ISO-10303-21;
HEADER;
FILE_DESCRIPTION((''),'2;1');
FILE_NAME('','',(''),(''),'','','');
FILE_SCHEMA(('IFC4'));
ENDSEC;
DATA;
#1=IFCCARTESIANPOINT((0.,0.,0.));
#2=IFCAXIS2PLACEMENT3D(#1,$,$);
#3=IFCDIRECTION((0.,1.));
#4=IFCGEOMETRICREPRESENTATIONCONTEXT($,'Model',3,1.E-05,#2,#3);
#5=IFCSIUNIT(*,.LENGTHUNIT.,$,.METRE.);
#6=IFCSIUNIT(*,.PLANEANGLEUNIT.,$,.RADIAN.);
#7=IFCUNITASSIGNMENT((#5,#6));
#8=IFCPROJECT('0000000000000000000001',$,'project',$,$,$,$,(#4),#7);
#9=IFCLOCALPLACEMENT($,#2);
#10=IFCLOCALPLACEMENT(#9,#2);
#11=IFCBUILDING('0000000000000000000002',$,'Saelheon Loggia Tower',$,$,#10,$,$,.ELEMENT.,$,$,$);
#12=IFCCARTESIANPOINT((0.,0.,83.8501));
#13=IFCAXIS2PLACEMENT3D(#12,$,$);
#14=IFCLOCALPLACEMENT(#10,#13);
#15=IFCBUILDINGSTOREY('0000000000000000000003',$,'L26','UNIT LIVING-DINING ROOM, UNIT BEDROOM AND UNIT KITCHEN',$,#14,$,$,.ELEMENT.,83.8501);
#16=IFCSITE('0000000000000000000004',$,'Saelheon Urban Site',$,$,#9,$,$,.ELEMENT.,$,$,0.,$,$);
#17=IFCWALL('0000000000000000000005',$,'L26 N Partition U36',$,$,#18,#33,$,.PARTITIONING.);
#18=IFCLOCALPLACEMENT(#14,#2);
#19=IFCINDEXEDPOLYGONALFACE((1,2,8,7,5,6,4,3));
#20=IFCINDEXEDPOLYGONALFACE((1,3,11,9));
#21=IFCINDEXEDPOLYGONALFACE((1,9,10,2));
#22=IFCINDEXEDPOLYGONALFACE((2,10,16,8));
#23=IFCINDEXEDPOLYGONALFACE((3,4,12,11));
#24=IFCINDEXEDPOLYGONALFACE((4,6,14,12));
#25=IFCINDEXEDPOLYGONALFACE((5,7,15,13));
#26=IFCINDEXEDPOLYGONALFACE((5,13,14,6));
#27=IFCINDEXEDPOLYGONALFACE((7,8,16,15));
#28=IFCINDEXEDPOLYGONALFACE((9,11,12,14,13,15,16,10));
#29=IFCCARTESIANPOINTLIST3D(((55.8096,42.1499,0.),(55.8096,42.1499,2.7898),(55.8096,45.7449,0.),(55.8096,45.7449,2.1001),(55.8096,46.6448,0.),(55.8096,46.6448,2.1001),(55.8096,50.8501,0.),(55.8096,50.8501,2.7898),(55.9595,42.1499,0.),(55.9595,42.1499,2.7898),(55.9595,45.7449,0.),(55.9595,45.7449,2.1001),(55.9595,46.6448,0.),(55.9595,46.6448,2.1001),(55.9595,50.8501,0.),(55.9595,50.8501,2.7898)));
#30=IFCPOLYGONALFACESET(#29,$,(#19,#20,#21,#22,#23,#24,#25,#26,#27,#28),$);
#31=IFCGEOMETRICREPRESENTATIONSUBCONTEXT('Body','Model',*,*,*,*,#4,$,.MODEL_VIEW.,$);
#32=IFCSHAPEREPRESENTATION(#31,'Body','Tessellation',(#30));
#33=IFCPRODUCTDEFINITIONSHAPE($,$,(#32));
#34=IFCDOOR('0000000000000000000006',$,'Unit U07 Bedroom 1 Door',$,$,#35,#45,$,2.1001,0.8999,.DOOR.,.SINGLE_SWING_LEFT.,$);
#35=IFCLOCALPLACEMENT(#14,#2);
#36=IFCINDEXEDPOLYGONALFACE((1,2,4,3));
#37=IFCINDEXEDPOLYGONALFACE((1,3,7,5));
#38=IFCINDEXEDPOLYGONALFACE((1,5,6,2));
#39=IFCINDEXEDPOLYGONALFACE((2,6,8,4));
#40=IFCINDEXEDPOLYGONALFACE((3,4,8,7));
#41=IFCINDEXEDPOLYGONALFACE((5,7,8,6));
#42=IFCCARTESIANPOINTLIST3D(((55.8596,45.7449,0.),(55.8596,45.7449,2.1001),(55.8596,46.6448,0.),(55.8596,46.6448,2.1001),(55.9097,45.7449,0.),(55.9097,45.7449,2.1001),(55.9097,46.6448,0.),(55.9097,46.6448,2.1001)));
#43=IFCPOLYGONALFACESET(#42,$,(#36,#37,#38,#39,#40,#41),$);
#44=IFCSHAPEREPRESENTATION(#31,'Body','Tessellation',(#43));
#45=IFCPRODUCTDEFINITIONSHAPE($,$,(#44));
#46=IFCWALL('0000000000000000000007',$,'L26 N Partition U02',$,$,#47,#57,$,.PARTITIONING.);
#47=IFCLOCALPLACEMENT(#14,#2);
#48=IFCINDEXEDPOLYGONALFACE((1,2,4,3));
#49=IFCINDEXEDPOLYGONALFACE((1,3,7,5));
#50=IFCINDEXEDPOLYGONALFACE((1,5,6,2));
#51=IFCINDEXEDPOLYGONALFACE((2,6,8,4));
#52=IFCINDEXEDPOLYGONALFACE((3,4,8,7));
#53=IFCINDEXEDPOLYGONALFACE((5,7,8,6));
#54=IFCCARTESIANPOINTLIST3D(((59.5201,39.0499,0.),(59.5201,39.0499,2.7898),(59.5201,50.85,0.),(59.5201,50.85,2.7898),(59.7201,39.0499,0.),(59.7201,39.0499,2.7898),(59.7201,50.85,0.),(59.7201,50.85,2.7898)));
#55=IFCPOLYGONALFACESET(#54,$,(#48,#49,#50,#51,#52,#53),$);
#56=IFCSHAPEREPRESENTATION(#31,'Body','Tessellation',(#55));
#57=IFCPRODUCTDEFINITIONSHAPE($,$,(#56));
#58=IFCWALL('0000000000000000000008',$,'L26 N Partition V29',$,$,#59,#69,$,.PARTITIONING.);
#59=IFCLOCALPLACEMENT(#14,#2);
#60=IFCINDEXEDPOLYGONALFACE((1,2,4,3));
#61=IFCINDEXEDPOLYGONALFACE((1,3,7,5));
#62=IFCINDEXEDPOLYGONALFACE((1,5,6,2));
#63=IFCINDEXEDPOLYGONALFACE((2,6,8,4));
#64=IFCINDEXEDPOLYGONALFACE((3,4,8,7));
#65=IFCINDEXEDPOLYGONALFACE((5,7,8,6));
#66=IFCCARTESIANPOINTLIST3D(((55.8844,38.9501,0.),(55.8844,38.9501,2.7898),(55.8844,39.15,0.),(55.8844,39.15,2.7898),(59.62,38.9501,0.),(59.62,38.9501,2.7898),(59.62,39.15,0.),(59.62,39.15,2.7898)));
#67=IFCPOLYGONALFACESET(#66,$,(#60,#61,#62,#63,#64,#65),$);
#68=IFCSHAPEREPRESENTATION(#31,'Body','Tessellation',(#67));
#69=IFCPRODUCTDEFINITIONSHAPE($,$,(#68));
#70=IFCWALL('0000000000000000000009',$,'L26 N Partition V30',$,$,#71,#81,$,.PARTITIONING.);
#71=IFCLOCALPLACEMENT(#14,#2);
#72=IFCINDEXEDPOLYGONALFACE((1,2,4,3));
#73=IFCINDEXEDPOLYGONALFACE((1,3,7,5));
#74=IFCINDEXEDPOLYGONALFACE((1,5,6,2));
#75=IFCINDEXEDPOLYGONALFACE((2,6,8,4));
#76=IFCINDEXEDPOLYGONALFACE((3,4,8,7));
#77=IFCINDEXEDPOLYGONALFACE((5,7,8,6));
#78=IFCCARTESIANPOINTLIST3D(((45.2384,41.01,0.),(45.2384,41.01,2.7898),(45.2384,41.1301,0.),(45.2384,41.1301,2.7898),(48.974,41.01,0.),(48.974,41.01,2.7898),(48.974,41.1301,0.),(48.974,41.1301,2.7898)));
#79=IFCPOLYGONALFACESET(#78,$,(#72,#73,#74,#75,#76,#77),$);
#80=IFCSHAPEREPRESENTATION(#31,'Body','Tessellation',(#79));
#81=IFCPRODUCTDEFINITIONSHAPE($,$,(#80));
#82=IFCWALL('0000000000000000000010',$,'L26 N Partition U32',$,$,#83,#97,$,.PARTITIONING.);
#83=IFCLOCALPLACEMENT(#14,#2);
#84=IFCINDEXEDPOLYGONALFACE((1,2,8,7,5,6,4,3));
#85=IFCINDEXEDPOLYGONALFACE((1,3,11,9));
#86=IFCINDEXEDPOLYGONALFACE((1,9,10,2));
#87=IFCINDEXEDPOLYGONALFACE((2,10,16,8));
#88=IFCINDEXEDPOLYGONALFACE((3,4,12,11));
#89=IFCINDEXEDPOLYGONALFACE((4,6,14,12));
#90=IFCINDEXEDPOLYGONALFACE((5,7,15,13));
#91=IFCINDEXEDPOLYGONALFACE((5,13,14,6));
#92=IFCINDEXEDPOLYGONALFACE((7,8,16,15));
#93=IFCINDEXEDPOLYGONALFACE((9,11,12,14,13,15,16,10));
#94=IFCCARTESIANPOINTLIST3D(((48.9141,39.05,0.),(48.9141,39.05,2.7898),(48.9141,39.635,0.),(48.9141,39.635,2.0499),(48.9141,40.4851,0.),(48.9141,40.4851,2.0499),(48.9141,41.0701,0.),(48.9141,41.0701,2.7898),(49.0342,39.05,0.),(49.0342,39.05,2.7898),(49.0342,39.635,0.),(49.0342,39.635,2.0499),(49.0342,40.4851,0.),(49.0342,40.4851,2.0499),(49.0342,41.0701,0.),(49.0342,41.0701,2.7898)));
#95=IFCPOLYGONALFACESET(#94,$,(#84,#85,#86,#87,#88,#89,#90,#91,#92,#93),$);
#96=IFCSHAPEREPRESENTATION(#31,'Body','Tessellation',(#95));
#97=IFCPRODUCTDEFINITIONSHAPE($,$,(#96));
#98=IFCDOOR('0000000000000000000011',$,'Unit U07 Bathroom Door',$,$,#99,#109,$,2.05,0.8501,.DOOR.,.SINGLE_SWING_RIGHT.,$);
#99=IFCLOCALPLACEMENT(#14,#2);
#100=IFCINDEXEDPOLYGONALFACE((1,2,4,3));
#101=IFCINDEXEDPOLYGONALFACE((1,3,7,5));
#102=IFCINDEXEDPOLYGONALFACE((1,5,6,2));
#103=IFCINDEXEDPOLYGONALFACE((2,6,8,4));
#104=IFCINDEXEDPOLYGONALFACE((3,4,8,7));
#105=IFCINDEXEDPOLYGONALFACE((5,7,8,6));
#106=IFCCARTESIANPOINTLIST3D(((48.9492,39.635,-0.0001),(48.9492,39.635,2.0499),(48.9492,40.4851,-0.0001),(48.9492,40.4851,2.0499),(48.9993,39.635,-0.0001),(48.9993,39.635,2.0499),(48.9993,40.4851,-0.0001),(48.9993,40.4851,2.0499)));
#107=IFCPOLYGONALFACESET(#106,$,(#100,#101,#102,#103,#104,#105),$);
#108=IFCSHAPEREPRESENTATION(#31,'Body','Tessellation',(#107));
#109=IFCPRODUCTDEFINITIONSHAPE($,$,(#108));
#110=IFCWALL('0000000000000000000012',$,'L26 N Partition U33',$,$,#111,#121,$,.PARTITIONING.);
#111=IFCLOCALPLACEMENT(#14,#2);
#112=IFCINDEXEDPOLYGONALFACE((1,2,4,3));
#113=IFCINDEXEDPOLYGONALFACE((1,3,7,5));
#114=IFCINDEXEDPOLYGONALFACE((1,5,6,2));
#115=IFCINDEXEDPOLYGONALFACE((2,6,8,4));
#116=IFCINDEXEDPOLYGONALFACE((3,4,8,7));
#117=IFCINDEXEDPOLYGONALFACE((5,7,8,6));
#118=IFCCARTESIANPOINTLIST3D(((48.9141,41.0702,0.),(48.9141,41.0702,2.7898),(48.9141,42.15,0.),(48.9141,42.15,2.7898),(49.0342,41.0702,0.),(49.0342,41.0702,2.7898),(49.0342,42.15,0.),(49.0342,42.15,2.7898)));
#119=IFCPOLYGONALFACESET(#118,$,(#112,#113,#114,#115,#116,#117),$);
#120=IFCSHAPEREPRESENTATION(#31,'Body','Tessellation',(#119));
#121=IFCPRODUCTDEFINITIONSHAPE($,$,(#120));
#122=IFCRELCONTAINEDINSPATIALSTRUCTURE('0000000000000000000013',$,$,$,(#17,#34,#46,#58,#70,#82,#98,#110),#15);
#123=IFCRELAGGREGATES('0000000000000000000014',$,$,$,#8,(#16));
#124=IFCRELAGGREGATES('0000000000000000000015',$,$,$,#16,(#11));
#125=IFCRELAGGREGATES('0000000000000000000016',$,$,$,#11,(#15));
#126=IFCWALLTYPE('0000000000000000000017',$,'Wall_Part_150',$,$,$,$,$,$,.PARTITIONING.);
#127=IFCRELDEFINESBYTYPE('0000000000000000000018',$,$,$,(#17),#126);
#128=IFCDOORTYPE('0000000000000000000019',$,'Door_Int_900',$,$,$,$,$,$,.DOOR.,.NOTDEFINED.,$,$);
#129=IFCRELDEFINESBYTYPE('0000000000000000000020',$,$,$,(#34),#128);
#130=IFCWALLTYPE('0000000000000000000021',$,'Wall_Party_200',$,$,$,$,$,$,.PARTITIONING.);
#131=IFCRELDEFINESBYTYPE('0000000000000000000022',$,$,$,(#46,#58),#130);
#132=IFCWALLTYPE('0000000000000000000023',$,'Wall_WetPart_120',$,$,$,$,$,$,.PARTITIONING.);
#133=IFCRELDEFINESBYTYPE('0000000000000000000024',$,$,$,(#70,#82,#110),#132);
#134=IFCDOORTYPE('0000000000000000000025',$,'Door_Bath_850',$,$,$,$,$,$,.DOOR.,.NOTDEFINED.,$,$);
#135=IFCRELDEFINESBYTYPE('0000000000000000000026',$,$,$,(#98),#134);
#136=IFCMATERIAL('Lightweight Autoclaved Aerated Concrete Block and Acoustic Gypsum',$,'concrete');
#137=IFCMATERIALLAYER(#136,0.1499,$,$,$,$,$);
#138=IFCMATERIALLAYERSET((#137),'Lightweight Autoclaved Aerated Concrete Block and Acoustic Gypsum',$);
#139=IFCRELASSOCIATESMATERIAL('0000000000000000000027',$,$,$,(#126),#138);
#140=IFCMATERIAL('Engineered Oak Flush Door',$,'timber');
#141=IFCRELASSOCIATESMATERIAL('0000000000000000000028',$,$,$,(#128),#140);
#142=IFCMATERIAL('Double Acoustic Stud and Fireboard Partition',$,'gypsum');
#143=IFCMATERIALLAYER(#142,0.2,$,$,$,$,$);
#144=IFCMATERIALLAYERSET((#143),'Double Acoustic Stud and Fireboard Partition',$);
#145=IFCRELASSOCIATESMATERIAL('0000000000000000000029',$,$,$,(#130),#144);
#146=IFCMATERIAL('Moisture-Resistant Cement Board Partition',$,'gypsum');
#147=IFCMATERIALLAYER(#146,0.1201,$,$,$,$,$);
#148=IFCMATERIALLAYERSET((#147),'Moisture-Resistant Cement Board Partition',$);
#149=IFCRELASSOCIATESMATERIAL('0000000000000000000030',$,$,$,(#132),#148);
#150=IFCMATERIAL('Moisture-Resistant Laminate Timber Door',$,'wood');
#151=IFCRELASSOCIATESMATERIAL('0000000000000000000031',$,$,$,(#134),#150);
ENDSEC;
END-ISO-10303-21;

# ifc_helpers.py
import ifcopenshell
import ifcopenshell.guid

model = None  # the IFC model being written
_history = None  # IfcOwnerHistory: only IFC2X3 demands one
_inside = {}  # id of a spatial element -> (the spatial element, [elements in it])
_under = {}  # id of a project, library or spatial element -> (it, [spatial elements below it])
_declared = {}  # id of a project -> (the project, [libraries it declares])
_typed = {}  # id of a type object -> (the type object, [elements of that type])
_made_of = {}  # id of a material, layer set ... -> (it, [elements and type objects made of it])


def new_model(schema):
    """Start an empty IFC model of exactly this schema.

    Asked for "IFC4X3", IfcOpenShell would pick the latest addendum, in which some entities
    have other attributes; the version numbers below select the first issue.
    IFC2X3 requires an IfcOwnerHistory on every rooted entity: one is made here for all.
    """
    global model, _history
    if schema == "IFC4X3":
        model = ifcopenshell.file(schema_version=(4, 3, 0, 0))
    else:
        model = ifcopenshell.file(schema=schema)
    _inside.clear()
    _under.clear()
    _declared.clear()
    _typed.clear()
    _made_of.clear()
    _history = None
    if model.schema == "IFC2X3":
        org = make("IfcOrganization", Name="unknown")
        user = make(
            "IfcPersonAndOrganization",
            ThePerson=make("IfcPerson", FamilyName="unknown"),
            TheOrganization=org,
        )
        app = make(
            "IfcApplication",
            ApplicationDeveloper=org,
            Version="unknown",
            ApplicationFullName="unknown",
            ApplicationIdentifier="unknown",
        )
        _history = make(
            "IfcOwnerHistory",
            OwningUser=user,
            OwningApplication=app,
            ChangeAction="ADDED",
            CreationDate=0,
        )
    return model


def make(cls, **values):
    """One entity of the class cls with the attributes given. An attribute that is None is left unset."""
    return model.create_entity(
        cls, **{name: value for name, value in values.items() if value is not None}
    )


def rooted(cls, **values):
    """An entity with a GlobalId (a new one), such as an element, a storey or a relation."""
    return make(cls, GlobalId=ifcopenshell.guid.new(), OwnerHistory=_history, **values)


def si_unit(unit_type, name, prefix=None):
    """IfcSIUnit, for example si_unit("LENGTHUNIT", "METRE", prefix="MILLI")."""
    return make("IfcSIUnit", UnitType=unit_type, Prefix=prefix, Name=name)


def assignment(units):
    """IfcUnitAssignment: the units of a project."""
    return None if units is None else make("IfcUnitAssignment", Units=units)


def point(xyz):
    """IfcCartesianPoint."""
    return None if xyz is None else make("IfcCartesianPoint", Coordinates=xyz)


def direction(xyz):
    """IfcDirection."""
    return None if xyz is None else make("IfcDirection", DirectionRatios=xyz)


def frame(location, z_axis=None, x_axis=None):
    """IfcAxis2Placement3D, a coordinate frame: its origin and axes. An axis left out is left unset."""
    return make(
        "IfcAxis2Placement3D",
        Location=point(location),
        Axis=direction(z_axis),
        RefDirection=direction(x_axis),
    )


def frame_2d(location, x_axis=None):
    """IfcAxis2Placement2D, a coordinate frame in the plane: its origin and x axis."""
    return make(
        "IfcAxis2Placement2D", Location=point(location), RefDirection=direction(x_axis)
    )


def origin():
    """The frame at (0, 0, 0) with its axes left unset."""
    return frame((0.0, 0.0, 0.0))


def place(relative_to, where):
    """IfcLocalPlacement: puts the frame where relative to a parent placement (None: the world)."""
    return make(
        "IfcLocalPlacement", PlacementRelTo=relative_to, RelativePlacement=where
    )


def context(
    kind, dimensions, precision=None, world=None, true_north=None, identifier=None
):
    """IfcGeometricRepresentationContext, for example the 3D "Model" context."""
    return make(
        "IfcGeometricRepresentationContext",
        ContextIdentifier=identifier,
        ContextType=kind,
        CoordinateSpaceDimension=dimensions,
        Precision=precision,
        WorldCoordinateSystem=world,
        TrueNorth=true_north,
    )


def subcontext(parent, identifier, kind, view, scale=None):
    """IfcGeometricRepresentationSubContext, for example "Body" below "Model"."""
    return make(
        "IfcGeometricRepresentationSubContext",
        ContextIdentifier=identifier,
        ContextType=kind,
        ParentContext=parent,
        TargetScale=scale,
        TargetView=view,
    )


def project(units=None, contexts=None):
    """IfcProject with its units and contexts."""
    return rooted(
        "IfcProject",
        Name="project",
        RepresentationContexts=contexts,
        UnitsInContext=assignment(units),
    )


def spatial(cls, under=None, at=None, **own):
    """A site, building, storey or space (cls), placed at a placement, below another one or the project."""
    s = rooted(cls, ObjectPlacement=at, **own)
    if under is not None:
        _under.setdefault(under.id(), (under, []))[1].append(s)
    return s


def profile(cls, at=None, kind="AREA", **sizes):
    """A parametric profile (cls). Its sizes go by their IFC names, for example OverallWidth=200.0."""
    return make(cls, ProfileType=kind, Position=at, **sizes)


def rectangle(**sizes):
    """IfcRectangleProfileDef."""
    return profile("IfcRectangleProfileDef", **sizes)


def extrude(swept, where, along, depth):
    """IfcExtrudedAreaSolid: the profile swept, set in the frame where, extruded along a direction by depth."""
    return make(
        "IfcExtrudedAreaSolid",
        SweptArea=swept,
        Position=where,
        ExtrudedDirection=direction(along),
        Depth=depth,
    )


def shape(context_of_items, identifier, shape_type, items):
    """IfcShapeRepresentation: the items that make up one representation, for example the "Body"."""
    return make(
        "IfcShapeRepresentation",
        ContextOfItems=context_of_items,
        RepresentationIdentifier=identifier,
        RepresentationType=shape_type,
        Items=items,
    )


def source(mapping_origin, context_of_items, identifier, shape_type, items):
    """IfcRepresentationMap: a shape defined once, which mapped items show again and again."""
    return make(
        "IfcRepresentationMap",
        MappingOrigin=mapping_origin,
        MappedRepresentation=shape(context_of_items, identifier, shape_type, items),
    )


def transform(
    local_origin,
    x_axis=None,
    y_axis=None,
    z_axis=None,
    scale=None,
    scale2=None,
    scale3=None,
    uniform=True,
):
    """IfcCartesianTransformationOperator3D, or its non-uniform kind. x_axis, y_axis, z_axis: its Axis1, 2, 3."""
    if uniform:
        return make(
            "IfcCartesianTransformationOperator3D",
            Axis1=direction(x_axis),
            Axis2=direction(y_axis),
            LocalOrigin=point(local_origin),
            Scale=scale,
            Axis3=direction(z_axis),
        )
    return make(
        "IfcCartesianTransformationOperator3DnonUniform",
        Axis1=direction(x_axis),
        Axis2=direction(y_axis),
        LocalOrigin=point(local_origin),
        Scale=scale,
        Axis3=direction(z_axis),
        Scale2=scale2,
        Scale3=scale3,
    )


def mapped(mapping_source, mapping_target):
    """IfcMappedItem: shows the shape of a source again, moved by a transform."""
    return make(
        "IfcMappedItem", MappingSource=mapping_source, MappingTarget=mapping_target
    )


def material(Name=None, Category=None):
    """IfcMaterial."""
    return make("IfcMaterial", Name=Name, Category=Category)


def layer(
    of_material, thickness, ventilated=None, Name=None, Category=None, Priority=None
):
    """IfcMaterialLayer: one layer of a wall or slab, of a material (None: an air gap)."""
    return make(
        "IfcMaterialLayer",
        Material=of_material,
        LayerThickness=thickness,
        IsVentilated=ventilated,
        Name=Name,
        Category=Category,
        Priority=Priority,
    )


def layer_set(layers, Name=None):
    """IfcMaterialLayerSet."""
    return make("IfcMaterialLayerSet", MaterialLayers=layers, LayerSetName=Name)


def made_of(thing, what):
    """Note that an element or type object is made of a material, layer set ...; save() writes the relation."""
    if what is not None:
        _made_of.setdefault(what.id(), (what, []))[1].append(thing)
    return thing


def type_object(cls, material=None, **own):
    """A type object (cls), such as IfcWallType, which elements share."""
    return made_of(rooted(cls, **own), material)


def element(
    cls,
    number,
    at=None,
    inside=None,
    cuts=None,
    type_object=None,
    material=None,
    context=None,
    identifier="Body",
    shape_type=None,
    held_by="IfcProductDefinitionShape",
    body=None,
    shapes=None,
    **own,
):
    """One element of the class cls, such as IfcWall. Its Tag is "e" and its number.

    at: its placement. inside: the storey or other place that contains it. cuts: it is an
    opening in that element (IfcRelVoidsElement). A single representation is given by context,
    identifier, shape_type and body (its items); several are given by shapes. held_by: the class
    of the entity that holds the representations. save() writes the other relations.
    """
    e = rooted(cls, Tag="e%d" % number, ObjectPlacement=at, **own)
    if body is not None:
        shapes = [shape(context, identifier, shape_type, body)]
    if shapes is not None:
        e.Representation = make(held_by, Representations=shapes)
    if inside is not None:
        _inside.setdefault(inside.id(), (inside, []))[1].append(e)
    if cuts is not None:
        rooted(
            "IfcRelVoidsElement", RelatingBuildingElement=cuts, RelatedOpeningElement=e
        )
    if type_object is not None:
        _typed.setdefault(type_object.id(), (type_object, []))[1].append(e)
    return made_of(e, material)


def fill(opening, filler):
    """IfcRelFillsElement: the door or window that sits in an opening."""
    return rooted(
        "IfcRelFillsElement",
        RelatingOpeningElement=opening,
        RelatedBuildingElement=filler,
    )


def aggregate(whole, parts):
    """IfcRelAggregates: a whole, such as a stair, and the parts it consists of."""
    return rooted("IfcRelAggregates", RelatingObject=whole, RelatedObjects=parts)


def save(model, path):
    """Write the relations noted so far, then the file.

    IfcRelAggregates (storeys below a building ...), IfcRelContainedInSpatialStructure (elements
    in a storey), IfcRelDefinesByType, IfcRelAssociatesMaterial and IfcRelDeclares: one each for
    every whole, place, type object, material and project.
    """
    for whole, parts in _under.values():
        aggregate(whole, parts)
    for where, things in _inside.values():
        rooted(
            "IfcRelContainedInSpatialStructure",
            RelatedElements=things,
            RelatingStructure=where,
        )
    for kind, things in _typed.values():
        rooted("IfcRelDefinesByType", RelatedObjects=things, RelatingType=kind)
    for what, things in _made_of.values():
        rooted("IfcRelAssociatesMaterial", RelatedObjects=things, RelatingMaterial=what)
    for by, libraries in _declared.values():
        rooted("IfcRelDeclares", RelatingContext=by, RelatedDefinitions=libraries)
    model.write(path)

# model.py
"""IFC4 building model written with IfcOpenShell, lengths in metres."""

from ifc_helpers import new_model, si_unit, direction, frame, frame_2d, origin, place, context, subcontext, project, spatial, rectangle, extrude, source, transform, mapped, material, layer, layer_set, type_object, element, fill, save


model = new_model("IFC4")

# Units and contexts
model_context = context("Model", 3, precision=1e-05, world=origin(), true_north=direction((0.0, 1.0)))
body_context = subcontext(model_context, "Body", "Model", "MODEL_VIEW")
ifc_project = project(units=[si_unit("LENGTHUNIT", "METRE"), si_unit("PLANEANGLEUNIT", "RADIAN")], contexts=[model_context])

# Site, building, storey
site_placement = place(None, origin())
site = spatial("IfcSite", under=ifc_project, at=site_placement, Name="Saelheon Urban Site", CompositionType="ELEMENT", RefElevation=0.0)
building_placement = place(site_placement, origin())
building = spatial("IfcBuilding", under=site, at=building_placement, Name="Saelheon Loggia Tower", CompositionType="ELEMENT")
storey_placement = place(building_placement, frame((0.0, 0.0, 83.8501)))
storey = spatial("IfcBuildingStorey", under=building, at=storey_placement, Name="L26", Description="UNIT LIVING-DINING ROOM, UNIT BEDROOM AND UNIT KITCHEN", CompositionType="ELEMENT", Elevation=83.8501)

# Shared definitions
ifc_material_1 = material(Name="Lightweight Autoclaved Aerated Concrete Block and Acoustic Gypsum", Category="concrete")
ifc_layer_1 = layer(ifc_material_1, 0.1499)
ifc_layer_set_1 = layer_set([ifc_layer_1], Name="Lightweight Autoclaved Aerated Concrete Block and Acoustic Gypsum")
wall_type_1 = type_object("IfcWallType", Name="Wall_Part_150", PredefinedType="PARTITIONING", material=ifc_layer_set_1)

# Wall, opening, door
ifc_material_2 = material(Name="Engineered Oak Flush Door", Category="timber")
door_type_1 = type_object("IfcDoorType", Name="Door_Int_900", OperationType="NOTDEFINED", PredefinedType="DOOR", material=ifc_material_2)
shared_shape_1 = source(origin(), body_context, "Body", "SweptSolid", [
    extrude(rectangle(XDim=0.8999, YDim=2.1001, at=frame_2d((0.45, 1.05))), frame((0.0, 0.0249, 0.0), z_axis=(0.0, -1.0, 0.0), x_axis=(1.0, 0.0, 0.0)), (0.0, 0.0, 1.0), 0.05),
])
wall_1_placement = place(storey_placement, frame((55.8845, 42.1499, 0.0), z_axis=(0.0, 0.0, 1.0), x_axis=(0.0, 1.0, 0.0)))
wall_1 = element("IfcWall", 1, at=wall_1_placement, inside=storey, type_object=wall_type_1, Name="L26 N Partition U36", PredefinedType="PARTITIONING", context=body_context, shape_type="SweptSolid", body=[
    extrude(rectangle(XDim=8.7002, YDim=0.1499, at=frame_2d((4.3501, 0.0))), origin(), (0.0, 0.0, 1.0), 2.7898),
])
opening_1_placement = place(wall_1_placement, frame((3.595, 0.0, 0.0)))
opening_1 = element("IfcOpeningElement", 2, at=opening_1_placement, cuts=wall_1, PredefinedType="OPENING", context=body_context, shape_type="SweptSolid", body=[
    extrude(rectangle(XDim=0.8999, YDim=2.1001, at=frame_2d((0.45, 1.05))), frame((0.0, 0.0869, 0.0), z_axis=(0.0, -1.0, 0.0), x_axis=(1.0, 0.0, 0.0)), (0.0, 0.0, 1.0), 0.1738),
])
door_1_placement = place(opening_1_placement, origin())
door_1 = element("IfcDoor", 3, at=door_1_placement, inside=storey, type_object=door_type_1, Name="Unit U07 Bedroom 1 Door", OperationType="SINGLE_SWING_LEFT", OverallHeight=2.1001, OverallWidth=0.8999, PredefinedType="DOOR", context=body_context, shape_type="MappedRepresentation", body=[
    mapped(shared_shape_1, transform((0.0, 0.0, 0.0), scale=1.0)),
])
fill(opening_1, door_1)

# Wall
ifc_material_3 = material(Name="Double Acoustic Stud and Fireboard Partition", Category="gypsum")
ifc_layer_2 = layer(ifc_material_3, 0.2)
ifc_layer_set_2 = layer_set([ifc_layer_2], Name="Double Acoustic Stud and Fireboard Partition")
wall_type_2 = type_object("IfcWallType", Name="Wall_Party_200", PredefinedType="PARTITIONING", material=ifc_layer_set_2)
wall_2_placement = place(storey_placement, frame((59.6201, 39.05, 0.0), z_axis=(0.0, 0.0, 1.0), x_axis=(0.0, 1.0, 0.0)))
element("IfcWall", 4, at=wall_2_placement, inside=storey, type_object=wall_type_2, Name="L26 N Partition U02", PredefinedType="PARTITIONING", context=body_context, shape_type="SweptSolid", body=[
    extrude(rectangle(XDim=11.8, YDim=0.2, at=frame_2d((5.8999, 0.0))), origin(), (0.0, 0.0, 1.0), 2.7898),
])

# Walls
wall_3_placement = place(storey_placement, frame((55.8845, 39.05, 0.0), z_axis=(0.0, 0.0, 1.0), x_axis=(1.0, 0.0, 0.0)))
element("IfcWall", 5, at=wall_3_placement, inside=storey, type_object=wall_type_2, Name="L26 N Partition V29", PredefinedType="PARTITIONING", context=body_context, shape_type="SweptSolid", body=[
    extrude(rectangle(XDim=3.7356, YDim=0.2, at=frame_2d((1.8677, 0.0))), origin(), (0.0, 0.0, 1.0), 2.7898),
])
ifc_material_4 = material(Name="Moisture-Resistant Cement Board Partition", Category="gypsum")
ifc_layer_3 = layer(ifc_material_4, 0.1201)
ifc_layer_set_3 = layer_set([ifc_layer_3], Name="Moisture-Resistant Cement Board Partition")
wall_type_3 = type_object("IfcWallType", Name="Wall_WetPart_120", PredefinedType="PARTITIONING", material=ifc_layer_set_3)
wall_4_placement = place(storey_placement, frame((45.2385, 41.0701, 0.0), z_axis=(0.0, 0.0, 1.0), x_axis=(1.0, 0.0, 0.0)))
element("IfcWall", 6, at=wall_4_placement, inside=storey, type_object=wall_type_3, Name="L26 N Partition V30", PredefinedType="PARTITIONING", context=body_context, shape_type="SweptSolid", body=[
    extrude(rectangle(XDim=3.7356, YDim=0.1201, at=frame_2d((1.8677, 0.0))), origin(), (0.0, 0.0, 1.0), 2.7898),
])

# Wall, opening, door
wall_5_placement = place(storey_placement, frame((48.9741, 39.05, 0.0), z_axis=(0.0, 0.0, 1.0), x_axis=(0.0, 1.0, 0.0)))
wall_5 = element("IfcWall", 7, at=wall_5_placement, inside=storey, type_object=wall_type_3, Name="L26 N Partition U32", PredefinedType="PARTITIONING", context=body_context, shape_type="SweptSolid", body=[
    extrude(rectangle(XDim=2.02, YDim=0.1201, at=frame_2d((1.01, 0.0))), origin(), (0.0, 0.0, 1.0), 2.7898),
])
opening_2_placement = place(wall_5_placement, frame((0.585, 0.0, 0.0)))
opening_2 = element("IfcOpeningElement", 8, at=opening_2_placement, cuts=wall_5, PredefinedType="OPENING", context=body_context, shape_type="SweptSolid", body=[
    extrude(rectangle(XDim=0.8501, YDim=2.05, at=frame_2d((0.425, 1.0249))), frame((0.0, 0.072, 0.0), z_axis=(0.0, -1.0, 0.0), x_axis=(1.0, 0.0, 0.0)), (0.0, 0.0, 1.0), 0.144),
])
ifc_material_5 = material(Name="Moisture-Resistant Laminate Timber Door", Category="wood")
door_type_2 = type_object("IfcDoorType", Name="Door_Bath_850", OperationType="NOTDEFINED", PredefinedType="DOOR", material=ifc_material_5)
shared_shape_2 = source(origin(), body_context, "Body", "SweptSolid", [
    extrude(rectangle(XDim=0.8501, YDim=2.05, at=frame_2d((0.425, 1.0249))), frame((0.0, 0.0249, 0.0), z_axis=(0.0, -1.0, 0.0), x_axis=(1.0, 0.0, 0.0)), (0.0, 0.0, 1.0), 0.05),
])
door_2_placement = place(opening_2_placement, origin())
door_2 = element("IfcDoor", 9, at=door_2_placement, inside=storey, type_object=door_type_2, Name="Unit U07 Bathroom Door", OperationType="SINGLE_SWING_RIGHT", OverallHeight=2.05, OverallWidth=0.8501, PredefinedType="DOOR", context=body_context, shape_type="MappedRepresentation", body=[
    mapped(shared_shape_2, transform((0.0, 0.0, 0.0), scale=1.0)),
])
fill(opening_2, door_2)

# Wall
wall_6_placement = place(storey_placement, frame((48.9741, 41.0701, 0.0), z_axis=(0.0, 0.0, 1.0), x_axis=(0.0, 1.0, 0.0)))
element("IfcWall", 10, at=wall_6_placement, inside=storey, type_object=wall_type_3, Name="L26 N Partition U33", PredefinedType="PARTITIONING", context=body_context, shape_type="SweptSolid", body=[
    extrude(rectangle(XDim=1.0798, YDim=0.1201, at=frame_2d((0.54, 0.0))), origin(), (0.0, 0.0, 1.0), 2.7898),
])

save(model, "model.ifc")
